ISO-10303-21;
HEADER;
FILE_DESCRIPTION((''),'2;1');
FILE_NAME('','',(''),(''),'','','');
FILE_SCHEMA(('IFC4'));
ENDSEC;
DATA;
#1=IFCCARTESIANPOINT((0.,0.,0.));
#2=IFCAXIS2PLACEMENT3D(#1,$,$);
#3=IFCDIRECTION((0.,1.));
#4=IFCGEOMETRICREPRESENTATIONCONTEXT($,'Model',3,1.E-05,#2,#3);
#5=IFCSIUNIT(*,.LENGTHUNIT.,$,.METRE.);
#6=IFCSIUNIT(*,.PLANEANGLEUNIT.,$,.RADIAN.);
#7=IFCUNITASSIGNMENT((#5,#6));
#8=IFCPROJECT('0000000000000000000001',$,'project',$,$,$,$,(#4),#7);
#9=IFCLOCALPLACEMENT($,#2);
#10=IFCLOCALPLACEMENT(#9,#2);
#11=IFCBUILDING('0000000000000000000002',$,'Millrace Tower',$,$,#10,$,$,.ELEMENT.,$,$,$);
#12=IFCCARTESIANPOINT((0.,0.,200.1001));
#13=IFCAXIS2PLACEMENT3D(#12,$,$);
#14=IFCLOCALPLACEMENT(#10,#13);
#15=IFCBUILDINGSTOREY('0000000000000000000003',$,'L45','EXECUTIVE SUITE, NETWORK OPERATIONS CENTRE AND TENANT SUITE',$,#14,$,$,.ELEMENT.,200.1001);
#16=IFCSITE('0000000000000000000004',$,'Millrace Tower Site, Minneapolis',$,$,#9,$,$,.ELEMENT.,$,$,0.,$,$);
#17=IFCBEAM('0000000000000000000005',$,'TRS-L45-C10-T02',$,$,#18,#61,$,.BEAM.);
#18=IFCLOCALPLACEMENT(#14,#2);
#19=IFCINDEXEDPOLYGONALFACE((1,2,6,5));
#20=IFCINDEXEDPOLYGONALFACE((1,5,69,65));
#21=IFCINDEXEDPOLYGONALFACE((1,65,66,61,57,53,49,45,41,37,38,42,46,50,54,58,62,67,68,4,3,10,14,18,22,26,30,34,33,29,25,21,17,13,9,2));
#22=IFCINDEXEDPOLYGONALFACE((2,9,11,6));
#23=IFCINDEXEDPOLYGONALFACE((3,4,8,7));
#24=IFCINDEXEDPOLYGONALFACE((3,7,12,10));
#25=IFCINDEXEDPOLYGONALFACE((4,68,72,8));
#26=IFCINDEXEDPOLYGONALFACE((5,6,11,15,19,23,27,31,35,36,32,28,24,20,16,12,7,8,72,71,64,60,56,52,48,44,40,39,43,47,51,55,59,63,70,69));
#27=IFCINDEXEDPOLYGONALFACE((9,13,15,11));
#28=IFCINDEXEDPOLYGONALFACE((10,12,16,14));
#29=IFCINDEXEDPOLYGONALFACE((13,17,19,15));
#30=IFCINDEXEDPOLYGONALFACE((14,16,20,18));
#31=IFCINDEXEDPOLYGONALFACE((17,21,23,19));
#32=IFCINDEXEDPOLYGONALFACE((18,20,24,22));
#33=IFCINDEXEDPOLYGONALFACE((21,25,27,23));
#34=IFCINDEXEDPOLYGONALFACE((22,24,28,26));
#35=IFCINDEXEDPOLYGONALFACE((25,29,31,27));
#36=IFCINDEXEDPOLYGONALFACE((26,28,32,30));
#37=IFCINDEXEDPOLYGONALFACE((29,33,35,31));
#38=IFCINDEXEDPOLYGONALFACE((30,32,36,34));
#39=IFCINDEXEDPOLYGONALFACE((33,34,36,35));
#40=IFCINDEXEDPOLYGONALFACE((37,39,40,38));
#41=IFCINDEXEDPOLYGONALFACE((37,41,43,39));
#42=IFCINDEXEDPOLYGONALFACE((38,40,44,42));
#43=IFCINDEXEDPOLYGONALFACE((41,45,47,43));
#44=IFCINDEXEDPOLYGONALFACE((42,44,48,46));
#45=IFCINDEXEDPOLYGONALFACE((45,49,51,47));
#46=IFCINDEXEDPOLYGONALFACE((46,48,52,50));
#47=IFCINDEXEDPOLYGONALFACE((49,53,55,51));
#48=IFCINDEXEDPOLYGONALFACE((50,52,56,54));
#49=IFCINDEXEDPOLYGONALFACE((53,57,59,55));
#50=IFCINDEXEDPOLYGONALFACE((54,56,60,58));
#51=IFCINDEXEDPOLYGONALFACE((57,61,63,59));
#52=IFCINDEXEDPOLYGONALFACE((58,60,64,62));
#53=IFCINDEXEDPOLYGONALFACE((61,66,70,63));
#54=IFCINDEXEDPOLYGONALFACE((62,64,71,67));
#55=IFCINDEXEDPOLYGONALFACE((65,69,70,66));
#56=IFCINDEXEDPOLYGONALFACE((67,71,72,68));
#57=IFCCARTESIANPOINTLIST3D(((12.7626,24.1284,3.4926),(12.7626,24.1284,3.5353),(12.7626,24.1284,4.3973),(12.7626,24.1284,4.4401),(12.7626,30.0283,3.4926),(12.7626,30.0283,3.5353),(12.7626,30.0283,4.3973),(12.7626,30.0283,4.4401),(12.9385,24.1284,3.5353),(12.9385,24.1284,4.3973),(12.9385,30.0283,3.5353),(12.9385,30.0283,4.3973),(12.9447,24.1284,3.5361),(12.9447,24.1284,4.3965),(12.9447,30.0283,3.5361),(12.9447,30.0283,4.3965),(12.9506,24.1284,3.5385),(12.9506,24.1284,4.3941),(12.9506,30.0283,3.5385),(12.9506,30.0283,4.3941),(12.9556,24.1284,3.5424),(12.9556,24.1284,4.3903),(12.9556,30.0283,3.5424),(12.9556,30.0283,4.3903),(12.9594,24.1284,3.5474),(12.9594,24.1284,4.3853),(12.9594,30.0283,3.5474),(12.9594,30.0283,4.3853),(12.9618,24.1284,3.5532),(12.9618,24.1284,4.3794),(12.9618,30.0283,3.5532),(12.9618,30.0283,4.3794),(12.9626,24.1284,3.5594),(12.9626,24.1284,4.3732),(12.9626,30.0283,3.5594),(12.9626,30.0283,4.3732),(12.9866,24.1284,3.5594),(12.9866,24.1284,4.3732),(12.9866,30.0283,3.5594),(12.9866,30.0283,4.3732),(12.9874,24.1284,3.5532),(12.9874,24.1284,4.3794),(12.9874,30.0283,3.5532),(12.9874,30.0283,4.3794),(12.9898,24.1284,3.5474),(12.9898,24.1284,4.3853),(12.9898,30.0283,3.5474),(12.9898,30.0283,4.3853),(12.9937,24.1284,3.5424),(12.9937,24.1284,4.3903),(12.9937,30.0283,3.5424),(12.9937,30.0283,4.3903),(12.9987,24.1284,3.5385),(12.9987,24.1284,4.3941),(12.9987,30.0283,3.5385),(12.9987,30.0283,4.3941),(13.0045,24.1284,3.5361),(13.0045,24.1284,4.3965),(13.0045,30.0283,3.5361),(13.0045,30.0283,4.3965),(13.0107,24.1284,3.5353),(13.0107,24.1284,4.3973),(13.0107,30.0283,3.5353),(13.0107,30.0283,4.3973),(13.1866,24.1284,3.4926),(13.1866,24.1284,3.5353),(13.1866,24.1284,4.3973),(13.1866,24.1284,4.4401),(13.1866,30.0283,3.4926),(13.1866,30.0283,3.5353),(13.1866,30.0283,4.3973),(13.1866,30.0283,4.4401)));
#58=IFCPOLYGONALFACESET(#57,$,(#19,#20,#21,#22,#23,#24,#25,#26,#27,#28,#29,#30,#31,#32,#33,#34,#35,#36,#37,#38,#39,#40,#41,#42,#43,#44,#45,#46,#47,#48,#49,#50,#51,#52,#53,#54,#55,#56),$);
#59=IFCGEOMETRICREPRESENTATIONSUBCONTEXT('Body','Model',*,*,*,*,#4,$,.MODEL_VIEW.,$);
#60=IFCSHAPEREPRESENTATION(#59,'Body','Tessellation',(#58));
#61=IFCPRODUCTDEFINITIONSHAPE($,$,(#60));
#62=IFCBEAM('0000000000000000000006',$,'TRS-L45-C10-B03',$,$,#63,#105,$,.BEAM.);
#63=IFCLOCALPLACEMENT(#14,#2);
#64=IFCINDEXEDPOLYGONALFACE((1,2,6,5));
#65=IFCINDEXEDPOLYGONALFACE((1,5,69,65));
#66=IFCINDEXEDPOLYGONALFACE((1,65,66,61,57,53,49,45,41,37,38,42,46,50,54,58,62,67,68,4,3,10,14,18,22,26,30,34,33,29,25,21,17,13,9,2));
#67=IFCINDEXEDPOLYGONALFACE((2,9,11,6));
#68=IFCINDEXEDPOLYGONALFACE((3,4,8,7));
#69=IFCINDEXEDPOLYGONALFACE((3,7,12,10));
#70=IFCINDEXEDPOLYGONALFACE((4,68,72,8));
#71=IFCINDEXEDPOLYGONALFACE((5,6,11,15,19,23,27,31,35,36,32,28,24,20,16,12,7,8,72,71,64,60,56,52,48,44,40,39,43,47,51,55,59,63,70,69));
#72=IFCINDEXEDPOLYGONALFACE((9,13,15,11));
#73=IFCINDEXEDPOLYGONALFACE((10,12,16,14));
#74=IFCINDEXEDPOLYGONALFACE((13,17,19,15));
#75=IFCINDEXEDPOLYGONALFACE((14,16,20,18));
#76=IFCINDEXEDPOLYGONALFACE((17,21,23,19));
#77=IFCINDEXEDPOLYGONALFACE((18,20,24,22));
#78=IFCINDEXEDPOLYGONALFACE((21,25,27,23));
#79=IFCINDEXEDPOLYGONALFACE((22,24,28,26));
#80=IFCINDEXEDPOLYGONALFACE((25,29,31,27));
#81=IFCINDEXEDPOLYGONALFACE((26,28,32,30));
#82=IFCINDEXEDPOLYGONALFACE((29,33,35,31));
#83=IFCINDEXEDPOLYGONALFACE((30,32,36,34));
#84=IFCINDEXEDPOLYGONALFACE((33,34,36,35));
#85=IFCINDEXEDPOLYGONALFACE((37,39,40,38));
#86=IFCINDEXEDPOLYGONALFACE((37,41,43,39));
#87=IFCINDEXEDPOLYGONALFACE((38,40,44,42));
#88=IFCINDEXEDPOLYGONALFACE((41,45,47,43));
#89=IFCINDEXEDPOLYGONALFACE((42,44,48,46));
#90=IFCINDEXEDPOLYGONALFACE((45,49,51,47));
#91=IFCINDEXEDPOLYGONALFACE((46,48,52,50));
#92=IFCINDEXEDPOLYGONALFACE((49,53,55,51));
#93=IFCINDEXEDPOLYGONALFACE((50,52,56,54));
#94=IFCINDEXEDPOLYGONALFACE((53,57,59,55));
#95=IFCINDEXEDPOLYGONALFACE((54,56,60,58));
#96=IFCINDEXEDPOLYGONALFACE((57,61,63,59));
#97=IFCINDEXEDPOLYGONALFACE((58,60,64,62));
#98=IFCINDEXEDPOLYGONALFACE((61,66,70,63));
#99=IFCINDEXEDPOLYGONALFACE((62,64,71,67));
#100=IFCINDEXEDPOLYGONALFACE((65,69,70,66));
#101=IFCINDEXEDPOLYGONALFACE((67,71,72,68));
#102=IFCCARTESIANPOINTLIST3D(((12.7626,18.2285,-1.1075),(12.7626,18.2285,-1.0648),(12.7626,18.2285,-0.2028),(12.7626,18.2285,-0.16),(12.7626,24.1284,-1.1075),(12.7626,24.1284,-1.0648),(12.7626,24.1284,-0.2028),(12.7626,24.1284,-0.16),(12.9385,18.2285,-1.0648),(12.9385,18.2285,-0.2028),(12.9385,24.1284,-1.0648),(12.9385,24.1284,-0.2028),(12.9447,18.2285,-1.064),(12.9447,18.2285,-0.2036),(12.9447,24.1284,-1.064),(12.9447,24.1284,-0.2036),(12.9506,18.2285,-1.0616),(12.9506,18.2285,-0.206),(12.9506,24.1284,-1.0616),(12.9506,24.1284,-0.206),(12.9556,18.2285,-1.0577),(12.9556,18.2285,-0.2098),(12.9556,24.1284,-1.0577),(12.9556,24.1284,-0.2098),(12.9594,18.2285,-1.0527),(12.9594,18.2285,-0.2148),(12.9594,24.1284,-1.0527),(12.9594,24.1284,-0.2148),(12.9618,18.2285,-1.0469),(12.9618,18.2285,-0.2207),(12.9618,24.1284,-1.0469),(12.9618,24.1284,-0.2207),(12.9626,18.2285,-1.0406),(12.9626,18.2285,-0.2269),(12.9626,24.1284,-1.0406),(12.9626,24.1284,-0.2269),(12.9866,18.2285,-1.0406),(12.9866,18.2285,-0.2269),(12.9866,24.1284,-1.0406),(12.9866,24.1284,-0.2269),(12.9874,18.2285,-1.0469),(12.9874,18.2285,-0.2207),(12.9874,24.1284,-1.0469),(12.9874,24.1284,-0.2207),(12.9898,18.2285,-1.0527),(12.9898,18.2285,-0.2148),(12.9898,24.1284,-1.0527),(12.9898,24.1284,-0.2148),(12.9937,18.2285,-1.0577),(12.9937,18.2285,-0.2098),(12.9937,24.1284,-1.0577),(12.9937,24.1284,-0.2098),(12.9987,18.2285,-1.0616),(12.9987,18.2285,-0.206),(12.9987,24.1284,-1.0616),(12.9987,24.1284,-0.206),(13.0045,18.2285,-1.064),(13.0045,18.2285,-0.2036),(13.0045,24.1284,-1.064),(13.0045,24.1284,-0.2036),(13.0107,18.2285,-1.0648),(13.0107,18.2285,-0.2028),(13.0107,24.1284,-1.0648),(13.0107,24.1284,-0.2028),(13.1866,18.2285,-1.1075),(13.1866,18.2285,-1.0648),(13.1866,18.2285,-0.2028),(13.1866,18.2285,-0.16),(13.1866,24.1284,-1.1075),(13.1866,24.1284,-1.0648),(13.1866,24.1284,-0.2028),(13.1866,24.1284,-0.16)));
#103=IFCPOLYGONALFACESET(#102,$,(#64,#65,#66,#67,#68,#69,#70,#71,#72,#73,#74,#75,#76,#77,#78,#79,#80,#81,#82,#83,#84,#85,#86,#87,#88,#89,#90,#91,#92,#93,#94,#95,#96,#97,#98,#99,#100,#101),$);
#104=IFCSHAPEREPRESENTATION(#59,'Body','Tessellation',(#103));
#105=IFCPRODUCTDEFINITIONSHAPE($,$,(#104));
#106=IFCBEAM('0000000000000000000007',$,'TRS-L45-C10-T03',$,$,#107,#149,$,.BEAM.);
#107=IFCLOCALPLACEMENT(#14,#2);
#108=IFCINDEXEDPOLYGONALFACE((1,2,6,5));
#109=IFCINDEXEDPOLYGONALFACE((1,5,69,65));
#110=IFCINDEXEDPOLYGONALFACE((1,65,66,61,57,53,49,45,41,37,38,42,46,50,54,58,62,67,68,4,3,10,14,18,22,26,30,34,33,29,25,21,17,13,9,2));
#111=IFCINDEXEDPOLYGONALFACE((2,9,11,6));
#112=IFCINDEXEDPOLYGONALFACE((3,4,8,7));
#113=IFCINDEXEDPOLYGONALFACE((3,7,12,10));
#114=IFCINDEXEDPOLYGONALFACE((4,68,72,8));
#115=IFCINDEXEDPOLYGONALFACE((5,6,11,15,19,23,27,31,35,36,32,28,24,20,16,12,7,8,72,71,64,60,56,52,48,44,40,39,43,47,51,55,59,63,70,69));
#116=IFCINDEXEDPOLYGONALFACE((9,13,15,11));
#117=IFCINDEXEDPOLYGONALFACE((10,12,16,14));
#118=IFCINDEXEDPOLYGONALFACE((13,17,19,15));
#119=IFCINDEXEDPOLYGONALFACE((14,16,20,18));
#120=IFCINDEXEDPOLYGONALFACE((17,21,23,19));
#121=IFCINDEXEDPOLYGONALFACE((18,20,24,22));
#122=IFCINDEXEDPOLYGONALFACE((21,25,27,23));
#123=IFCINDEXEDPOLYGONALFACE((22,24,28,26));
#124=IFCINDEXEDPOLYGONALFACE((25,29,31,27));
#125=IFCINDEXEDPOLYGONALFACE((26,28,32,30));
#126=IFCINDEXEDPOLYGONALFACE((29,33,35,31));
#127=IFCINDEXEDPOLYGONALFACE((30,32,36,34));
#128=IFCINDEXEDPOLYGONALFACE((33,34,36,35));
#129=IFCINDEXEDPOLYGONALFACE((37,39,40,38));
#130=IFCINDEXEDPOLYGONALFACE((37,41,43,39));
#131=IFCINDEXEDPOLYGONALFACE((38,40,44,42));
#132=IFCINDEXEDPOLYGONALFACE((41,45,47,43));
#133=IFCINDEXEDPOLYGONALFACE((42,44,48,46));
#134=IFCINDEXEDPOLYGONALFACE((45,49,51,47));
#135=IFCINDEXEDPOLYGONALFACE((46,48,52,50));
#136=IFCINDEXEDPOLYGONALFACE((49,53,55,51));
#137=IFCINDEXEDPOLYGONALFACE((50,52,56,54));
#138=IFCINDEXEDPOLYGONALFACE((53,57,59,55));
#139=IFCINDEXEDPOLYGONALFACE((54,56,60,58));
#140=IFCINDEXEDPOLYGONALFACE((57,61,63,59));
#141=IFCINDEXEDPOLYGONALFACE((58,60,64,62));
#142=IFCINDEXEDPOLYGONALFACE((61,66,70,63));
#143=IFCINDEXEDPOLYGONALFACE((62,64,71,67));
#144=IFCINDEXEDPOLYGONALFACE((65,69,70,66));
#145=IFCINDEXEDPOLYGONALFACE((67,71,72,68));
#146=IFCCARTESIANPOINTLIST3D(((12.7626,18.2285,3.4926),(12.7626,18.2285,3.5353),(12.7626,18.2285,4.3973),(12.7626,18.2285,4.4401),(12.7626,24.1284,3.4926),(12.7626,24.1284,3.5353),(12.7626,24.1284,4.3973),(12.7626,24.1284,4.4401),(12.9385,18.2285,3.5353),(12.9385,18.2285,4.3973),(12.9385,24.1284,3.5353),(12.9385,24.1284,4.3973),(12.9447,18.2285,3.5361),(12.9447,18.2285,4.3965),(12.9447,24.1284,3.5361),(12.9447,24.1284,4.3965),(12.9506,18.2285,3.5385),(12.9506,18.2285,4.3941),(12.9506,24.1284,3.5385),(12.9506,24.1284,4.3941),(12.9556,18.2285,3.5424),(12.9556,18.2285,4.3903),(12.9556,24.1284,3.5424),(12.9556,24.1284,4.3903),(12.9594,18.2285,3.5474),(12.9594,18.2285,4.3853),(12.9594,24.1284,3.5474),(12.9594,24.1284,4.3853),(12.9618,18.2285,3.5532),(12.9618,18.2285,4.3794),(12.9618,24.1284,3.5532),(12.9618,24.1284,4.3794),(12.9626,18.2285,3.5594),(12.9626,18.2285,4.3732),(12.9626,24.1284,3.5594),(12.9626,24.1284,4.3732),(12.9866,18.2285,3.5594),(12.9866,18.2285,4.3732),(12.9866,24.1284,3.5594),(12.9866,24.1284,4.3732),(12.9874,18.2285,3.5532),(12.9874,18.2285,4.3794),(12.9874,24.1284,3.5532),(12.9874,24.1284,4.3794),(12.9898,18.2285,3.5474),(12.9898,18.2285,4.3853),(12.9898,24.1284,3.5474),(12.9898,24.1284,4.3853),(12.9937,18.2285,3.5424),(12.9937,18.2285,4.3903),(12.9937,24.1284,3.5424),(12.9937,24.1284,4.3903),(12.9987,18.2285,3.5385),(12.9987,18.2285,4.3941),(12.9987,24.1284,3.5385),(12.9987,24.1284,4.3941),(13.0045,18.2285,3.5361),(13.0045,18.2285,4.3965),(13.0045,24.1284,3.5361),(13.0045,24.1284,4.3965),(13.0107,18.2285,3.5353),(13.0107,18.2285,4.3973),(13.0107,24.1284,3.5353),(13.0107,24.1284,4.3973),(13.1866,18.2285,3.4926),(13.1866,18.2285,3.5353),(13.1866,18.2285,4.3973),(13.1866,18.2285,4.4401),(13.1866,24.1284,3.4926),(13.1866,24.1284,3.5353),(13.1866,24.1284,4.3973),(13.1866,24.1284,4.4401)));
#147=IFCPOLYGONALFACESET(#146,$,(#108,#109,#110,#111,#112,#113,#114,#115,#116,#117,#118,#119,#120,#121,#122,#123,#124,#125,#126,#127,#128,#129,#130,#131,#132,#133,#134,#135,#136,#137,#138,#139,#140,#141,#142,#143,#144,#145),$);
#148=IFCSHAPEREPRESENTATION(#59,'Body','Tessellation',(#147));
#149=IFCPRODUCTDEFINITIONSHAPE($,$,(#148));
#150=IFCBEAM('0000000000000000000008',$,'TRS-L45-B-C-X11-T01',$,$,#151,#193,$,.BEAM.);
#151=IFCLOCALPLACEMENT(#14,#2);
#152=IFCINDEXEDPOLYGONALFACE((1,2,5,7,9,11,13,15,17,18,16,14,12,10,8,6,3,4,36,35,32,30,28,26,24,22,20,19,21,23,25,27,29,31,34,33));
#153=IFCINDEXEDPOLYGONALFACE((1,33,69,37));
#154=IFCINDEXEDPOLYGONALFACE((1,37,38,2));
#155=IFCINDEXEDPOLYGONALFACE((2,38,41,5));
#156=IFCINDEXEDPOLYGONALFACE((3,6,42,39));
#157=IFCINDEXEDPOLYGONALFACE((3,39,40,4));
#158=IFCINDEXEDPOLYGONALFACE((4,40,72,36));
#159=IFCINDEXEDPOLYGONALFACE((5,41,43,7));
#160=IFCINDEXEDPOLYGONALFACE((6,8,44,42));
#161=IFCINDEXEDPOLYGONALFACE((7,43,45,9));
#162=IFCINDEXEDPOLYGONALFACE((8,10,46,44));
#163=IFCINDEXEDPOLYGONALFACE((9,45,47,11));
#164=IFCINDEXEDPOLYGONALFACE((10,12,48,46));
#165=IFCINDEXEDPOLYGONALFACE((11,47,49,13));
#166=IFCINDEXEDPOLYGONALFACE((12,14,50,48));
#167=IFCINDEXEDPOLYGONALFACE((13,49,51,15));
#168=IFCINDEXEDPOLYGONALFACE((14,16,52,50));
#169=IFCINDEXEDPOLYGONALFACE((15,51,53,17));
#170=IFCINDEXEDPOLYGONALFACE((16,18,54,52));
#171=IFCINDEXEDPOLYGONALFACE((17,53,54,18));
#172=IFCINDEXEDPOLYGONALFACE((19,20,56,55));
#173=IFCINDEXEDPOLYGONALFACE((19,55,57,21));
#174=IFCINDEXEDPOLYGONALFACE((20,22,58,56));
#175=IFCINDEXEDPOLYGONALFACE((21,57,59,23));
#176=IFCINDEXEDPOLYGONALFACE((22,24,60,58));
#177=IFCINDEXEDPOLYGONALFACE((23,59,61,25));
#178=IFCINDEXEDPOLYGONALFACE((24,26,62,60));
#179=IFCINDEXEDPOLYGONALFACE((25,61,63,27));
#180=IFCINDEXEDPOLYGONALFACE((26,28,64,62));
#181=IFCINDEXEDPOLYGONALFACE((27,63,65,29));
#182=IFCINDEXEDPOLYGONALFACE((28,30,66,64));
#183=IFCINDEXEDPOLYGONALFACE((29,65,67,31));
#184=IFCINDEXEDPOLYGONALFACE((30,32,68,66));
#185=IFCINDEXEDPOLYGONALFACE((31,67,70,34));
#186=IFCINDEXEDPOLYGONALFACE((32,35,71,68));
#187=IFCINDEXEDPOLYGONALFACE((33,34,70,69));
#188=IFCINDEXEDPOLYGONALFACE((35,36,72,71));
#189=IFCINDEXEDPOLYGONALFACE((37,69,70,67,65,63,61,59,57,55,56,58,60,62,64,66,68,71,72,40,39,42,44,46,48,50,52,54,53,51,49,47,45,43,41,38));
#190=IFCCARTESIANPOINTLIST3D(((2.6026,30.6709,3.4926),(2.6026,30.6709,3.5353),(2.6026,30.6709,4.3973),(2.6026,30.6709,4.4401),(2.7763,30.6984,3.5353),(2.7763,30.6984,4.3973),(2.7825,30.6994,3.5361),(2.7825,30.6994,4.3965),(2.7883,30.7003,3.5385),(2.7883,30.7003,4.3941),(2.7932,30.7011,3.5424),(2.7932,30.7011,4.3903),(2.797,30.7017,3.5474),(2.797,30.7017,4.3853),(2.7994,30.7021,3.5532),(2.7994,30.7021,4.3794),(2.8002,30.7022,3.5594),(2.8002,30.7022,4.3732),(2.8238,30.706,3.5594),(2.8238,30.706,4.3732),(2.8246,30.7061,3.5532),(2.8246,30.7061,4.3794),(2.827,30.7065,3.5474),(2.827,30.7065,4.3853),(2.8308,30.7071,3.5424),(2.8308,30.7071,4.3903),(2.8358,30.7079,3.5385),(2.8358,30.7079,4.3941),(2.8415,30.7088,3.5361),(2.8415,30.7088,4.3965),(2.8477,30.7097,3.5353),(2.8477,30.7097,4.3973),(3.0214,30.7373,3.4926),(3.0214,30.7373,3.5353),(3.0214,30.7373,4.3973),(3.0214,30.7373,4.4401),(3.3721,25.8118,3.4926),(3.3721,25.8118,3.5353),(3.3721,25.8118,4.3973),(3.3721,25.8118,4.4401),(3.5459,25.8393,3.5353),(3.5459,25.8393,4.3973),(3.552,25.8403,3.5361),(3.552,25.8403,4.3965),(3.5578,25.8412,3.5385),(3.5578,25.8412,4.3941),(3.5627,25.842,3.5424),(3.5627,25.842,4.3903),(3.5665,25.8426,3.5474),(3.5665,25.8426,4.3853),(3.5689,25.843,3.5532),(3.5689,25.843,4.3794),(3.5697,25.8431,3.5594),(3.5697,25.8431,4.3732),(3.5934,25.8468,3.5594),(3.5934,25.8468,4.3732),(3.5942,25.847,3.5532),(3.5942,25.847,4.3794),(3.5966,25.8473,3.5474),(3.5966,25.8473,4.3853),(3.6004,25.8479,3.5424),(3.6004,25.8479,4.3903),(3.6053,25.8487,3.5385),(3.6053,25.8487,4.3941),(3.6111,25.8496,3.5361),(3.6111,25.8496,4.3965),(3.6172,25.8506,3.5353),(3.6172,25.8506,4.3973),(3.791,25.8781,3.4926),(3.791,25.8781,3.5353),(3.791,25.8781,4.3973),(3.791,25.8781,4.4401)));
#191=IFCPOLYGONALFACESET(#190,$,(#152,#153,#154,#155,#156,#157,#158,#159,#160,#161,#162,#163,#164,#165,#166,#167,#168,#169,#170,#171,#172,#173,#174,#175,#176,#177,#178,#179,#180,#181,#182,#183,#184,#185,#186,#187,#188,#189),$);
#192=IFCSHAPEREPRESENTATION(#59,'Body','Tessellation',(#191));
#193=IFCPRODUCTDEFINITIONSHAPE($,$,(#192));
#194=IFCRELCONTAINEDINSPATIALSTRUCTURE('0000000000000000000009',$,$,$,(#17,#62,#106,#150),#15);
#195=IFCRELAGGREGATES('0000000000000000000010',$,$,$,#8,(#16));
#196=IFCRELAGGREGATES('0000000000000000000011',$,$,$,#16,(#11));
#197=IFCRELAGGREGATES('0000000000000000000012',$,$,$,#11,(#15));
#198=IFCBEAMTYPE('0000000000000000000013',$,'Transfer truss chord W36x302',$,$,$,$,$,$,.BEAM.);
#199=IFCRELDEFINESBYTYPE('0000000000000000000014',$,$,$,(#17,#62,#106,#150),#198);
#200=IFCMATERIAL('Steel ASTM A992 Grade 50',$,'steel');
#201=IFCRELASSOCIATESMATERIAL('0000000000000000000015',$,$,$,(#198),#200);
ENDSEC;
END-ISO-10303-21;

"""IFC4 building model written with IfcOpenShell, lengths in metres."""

from ifc_helpers import new_model, si_unit, direction, frame, origin, origin_2d, place, context, subcontext, project, spatial, i_section, extrude, material, material_profile, profile_set, type_object, element, save


model = new_model("IFC4")

# Units and contexts
model_context = context("Model", 3, precision=1e-05, world=origin(), true_north=direction((0.0, 1.0)))
body_context = subcontext(model_context, "Body", "Model", "MODEL_VIEW")
ifc_project = project(units=[si_unit("LENGTHUNIT", "METRE"), si_unit("PLANEANGLEUNIT", "RADIAN")], contexts=[model_context])

# Site, building, storey
site_placement = place(None, origin())
site = spatial("IfcSite", under=ifc_project, at=site_placement, Name="Millrace Tower Site, Minneapolis", CompositionType="ELEMENT", RefElevation=0.0)
building_placement = place(site_placement, origin())
building = spatial("IfcBuilding", under=site, at=building_placement, Name="Millrace Tower", CompositionType="ELEMENT")
storey_placement = place(building_placement, frame((0.0, 0.0, 200.1001)))
storey = spatial("IfcBuildingStorey", under=building, at=storey_placement, Name="L45", Description="EXECUTIVE SUITE, NETWORK OPERATIONS CENTRE AND TENANT SUITE", CompositionType="ELEMENT", Elevation=200.1001)

# Beams
ifc_material_1 = material(Name="Steel ASTM A992 Grade 50", Category="steel")
ifc_material_profile_1 = material_profile(ifc_material_1, i_section(OverallWidth=0.4241, OverallDepth=0.9475, WebThickness=0.0239, FlangeThickness=0.0427, FilletRadius=0.0242, at=origin_2d()))
ifc_profile_set_1 = profile_set([ifc_material_profile_1], Name="Steel ASTM A992 Grade 50")
beam_type_1 = type_object("IfcBeamType", Name="Transfer truss chord W36x302", PredefinedType="BEAM", material=ifc_profile_set_1)
for number, where, z_axis, x_axis, name in (
    (1, (12.9746, 30.0283, 3.9663), (0.0, -1.0, 0.0), (1.0, 0.0, 0.0), "TRS-L45-C10-T02"),
    (2, (12.9746, 24.1284, -0.6338), (0.0, -1.0, 0.0), (1.0, 0.0, 0.0), "TRS-L45-C10-B03"),
    (3, (12.9746, 24.1284, 3.9663), (0.0, -1.0, 0.0), (1.0, 0.0, 0.0), "TRS-L45-C10-T03"),
):
    element("IfcBeam", number, at=place(storey_placement, frame(where, z_axis=z_axis, x_axis=x_axis)), inside=storey, type_object=beam_type_1, Name=name, PredefinedType="BEAM", context=body_context, shape_type="SweptSolid", body=[
        extrude(i_section(OverallWidth=0.4241, OverallDepth=0.9475, WebThickness=0.0239, FlangeThickness=0.0427, FilletRadius=0.0242, at=origin_2d()), origin(), (0.0, 0.0, 1.0), 5.8999),
    ])
beam_1_placement = place(storey_placement, frame((3.5815, 25.845, 3.9663), z_axis=(-0.156419, 0.987691, 0.0), x_axis=(-0.987691, -0.156419, 0.0)))
element("IfcBeam", 4, at=beam_1_placement, inside=storey, type_object=beam_type_1, Name="TRS-L45-B-C-X11-T01", PredefinedType="BEAM", context=body_context, shape_type="SweptSolid", body=[
    extrude(i_section(OverallWidth=0.4241, OverallDepth=0.9475, WebThickness=0.0239, FlangeThickness=0.0427, FilletRadius=0.0242, at=origin_2d()), origin(), (0.0, 0.0, 1.0), 4.9197),
])

save(model, "model.ifc")
